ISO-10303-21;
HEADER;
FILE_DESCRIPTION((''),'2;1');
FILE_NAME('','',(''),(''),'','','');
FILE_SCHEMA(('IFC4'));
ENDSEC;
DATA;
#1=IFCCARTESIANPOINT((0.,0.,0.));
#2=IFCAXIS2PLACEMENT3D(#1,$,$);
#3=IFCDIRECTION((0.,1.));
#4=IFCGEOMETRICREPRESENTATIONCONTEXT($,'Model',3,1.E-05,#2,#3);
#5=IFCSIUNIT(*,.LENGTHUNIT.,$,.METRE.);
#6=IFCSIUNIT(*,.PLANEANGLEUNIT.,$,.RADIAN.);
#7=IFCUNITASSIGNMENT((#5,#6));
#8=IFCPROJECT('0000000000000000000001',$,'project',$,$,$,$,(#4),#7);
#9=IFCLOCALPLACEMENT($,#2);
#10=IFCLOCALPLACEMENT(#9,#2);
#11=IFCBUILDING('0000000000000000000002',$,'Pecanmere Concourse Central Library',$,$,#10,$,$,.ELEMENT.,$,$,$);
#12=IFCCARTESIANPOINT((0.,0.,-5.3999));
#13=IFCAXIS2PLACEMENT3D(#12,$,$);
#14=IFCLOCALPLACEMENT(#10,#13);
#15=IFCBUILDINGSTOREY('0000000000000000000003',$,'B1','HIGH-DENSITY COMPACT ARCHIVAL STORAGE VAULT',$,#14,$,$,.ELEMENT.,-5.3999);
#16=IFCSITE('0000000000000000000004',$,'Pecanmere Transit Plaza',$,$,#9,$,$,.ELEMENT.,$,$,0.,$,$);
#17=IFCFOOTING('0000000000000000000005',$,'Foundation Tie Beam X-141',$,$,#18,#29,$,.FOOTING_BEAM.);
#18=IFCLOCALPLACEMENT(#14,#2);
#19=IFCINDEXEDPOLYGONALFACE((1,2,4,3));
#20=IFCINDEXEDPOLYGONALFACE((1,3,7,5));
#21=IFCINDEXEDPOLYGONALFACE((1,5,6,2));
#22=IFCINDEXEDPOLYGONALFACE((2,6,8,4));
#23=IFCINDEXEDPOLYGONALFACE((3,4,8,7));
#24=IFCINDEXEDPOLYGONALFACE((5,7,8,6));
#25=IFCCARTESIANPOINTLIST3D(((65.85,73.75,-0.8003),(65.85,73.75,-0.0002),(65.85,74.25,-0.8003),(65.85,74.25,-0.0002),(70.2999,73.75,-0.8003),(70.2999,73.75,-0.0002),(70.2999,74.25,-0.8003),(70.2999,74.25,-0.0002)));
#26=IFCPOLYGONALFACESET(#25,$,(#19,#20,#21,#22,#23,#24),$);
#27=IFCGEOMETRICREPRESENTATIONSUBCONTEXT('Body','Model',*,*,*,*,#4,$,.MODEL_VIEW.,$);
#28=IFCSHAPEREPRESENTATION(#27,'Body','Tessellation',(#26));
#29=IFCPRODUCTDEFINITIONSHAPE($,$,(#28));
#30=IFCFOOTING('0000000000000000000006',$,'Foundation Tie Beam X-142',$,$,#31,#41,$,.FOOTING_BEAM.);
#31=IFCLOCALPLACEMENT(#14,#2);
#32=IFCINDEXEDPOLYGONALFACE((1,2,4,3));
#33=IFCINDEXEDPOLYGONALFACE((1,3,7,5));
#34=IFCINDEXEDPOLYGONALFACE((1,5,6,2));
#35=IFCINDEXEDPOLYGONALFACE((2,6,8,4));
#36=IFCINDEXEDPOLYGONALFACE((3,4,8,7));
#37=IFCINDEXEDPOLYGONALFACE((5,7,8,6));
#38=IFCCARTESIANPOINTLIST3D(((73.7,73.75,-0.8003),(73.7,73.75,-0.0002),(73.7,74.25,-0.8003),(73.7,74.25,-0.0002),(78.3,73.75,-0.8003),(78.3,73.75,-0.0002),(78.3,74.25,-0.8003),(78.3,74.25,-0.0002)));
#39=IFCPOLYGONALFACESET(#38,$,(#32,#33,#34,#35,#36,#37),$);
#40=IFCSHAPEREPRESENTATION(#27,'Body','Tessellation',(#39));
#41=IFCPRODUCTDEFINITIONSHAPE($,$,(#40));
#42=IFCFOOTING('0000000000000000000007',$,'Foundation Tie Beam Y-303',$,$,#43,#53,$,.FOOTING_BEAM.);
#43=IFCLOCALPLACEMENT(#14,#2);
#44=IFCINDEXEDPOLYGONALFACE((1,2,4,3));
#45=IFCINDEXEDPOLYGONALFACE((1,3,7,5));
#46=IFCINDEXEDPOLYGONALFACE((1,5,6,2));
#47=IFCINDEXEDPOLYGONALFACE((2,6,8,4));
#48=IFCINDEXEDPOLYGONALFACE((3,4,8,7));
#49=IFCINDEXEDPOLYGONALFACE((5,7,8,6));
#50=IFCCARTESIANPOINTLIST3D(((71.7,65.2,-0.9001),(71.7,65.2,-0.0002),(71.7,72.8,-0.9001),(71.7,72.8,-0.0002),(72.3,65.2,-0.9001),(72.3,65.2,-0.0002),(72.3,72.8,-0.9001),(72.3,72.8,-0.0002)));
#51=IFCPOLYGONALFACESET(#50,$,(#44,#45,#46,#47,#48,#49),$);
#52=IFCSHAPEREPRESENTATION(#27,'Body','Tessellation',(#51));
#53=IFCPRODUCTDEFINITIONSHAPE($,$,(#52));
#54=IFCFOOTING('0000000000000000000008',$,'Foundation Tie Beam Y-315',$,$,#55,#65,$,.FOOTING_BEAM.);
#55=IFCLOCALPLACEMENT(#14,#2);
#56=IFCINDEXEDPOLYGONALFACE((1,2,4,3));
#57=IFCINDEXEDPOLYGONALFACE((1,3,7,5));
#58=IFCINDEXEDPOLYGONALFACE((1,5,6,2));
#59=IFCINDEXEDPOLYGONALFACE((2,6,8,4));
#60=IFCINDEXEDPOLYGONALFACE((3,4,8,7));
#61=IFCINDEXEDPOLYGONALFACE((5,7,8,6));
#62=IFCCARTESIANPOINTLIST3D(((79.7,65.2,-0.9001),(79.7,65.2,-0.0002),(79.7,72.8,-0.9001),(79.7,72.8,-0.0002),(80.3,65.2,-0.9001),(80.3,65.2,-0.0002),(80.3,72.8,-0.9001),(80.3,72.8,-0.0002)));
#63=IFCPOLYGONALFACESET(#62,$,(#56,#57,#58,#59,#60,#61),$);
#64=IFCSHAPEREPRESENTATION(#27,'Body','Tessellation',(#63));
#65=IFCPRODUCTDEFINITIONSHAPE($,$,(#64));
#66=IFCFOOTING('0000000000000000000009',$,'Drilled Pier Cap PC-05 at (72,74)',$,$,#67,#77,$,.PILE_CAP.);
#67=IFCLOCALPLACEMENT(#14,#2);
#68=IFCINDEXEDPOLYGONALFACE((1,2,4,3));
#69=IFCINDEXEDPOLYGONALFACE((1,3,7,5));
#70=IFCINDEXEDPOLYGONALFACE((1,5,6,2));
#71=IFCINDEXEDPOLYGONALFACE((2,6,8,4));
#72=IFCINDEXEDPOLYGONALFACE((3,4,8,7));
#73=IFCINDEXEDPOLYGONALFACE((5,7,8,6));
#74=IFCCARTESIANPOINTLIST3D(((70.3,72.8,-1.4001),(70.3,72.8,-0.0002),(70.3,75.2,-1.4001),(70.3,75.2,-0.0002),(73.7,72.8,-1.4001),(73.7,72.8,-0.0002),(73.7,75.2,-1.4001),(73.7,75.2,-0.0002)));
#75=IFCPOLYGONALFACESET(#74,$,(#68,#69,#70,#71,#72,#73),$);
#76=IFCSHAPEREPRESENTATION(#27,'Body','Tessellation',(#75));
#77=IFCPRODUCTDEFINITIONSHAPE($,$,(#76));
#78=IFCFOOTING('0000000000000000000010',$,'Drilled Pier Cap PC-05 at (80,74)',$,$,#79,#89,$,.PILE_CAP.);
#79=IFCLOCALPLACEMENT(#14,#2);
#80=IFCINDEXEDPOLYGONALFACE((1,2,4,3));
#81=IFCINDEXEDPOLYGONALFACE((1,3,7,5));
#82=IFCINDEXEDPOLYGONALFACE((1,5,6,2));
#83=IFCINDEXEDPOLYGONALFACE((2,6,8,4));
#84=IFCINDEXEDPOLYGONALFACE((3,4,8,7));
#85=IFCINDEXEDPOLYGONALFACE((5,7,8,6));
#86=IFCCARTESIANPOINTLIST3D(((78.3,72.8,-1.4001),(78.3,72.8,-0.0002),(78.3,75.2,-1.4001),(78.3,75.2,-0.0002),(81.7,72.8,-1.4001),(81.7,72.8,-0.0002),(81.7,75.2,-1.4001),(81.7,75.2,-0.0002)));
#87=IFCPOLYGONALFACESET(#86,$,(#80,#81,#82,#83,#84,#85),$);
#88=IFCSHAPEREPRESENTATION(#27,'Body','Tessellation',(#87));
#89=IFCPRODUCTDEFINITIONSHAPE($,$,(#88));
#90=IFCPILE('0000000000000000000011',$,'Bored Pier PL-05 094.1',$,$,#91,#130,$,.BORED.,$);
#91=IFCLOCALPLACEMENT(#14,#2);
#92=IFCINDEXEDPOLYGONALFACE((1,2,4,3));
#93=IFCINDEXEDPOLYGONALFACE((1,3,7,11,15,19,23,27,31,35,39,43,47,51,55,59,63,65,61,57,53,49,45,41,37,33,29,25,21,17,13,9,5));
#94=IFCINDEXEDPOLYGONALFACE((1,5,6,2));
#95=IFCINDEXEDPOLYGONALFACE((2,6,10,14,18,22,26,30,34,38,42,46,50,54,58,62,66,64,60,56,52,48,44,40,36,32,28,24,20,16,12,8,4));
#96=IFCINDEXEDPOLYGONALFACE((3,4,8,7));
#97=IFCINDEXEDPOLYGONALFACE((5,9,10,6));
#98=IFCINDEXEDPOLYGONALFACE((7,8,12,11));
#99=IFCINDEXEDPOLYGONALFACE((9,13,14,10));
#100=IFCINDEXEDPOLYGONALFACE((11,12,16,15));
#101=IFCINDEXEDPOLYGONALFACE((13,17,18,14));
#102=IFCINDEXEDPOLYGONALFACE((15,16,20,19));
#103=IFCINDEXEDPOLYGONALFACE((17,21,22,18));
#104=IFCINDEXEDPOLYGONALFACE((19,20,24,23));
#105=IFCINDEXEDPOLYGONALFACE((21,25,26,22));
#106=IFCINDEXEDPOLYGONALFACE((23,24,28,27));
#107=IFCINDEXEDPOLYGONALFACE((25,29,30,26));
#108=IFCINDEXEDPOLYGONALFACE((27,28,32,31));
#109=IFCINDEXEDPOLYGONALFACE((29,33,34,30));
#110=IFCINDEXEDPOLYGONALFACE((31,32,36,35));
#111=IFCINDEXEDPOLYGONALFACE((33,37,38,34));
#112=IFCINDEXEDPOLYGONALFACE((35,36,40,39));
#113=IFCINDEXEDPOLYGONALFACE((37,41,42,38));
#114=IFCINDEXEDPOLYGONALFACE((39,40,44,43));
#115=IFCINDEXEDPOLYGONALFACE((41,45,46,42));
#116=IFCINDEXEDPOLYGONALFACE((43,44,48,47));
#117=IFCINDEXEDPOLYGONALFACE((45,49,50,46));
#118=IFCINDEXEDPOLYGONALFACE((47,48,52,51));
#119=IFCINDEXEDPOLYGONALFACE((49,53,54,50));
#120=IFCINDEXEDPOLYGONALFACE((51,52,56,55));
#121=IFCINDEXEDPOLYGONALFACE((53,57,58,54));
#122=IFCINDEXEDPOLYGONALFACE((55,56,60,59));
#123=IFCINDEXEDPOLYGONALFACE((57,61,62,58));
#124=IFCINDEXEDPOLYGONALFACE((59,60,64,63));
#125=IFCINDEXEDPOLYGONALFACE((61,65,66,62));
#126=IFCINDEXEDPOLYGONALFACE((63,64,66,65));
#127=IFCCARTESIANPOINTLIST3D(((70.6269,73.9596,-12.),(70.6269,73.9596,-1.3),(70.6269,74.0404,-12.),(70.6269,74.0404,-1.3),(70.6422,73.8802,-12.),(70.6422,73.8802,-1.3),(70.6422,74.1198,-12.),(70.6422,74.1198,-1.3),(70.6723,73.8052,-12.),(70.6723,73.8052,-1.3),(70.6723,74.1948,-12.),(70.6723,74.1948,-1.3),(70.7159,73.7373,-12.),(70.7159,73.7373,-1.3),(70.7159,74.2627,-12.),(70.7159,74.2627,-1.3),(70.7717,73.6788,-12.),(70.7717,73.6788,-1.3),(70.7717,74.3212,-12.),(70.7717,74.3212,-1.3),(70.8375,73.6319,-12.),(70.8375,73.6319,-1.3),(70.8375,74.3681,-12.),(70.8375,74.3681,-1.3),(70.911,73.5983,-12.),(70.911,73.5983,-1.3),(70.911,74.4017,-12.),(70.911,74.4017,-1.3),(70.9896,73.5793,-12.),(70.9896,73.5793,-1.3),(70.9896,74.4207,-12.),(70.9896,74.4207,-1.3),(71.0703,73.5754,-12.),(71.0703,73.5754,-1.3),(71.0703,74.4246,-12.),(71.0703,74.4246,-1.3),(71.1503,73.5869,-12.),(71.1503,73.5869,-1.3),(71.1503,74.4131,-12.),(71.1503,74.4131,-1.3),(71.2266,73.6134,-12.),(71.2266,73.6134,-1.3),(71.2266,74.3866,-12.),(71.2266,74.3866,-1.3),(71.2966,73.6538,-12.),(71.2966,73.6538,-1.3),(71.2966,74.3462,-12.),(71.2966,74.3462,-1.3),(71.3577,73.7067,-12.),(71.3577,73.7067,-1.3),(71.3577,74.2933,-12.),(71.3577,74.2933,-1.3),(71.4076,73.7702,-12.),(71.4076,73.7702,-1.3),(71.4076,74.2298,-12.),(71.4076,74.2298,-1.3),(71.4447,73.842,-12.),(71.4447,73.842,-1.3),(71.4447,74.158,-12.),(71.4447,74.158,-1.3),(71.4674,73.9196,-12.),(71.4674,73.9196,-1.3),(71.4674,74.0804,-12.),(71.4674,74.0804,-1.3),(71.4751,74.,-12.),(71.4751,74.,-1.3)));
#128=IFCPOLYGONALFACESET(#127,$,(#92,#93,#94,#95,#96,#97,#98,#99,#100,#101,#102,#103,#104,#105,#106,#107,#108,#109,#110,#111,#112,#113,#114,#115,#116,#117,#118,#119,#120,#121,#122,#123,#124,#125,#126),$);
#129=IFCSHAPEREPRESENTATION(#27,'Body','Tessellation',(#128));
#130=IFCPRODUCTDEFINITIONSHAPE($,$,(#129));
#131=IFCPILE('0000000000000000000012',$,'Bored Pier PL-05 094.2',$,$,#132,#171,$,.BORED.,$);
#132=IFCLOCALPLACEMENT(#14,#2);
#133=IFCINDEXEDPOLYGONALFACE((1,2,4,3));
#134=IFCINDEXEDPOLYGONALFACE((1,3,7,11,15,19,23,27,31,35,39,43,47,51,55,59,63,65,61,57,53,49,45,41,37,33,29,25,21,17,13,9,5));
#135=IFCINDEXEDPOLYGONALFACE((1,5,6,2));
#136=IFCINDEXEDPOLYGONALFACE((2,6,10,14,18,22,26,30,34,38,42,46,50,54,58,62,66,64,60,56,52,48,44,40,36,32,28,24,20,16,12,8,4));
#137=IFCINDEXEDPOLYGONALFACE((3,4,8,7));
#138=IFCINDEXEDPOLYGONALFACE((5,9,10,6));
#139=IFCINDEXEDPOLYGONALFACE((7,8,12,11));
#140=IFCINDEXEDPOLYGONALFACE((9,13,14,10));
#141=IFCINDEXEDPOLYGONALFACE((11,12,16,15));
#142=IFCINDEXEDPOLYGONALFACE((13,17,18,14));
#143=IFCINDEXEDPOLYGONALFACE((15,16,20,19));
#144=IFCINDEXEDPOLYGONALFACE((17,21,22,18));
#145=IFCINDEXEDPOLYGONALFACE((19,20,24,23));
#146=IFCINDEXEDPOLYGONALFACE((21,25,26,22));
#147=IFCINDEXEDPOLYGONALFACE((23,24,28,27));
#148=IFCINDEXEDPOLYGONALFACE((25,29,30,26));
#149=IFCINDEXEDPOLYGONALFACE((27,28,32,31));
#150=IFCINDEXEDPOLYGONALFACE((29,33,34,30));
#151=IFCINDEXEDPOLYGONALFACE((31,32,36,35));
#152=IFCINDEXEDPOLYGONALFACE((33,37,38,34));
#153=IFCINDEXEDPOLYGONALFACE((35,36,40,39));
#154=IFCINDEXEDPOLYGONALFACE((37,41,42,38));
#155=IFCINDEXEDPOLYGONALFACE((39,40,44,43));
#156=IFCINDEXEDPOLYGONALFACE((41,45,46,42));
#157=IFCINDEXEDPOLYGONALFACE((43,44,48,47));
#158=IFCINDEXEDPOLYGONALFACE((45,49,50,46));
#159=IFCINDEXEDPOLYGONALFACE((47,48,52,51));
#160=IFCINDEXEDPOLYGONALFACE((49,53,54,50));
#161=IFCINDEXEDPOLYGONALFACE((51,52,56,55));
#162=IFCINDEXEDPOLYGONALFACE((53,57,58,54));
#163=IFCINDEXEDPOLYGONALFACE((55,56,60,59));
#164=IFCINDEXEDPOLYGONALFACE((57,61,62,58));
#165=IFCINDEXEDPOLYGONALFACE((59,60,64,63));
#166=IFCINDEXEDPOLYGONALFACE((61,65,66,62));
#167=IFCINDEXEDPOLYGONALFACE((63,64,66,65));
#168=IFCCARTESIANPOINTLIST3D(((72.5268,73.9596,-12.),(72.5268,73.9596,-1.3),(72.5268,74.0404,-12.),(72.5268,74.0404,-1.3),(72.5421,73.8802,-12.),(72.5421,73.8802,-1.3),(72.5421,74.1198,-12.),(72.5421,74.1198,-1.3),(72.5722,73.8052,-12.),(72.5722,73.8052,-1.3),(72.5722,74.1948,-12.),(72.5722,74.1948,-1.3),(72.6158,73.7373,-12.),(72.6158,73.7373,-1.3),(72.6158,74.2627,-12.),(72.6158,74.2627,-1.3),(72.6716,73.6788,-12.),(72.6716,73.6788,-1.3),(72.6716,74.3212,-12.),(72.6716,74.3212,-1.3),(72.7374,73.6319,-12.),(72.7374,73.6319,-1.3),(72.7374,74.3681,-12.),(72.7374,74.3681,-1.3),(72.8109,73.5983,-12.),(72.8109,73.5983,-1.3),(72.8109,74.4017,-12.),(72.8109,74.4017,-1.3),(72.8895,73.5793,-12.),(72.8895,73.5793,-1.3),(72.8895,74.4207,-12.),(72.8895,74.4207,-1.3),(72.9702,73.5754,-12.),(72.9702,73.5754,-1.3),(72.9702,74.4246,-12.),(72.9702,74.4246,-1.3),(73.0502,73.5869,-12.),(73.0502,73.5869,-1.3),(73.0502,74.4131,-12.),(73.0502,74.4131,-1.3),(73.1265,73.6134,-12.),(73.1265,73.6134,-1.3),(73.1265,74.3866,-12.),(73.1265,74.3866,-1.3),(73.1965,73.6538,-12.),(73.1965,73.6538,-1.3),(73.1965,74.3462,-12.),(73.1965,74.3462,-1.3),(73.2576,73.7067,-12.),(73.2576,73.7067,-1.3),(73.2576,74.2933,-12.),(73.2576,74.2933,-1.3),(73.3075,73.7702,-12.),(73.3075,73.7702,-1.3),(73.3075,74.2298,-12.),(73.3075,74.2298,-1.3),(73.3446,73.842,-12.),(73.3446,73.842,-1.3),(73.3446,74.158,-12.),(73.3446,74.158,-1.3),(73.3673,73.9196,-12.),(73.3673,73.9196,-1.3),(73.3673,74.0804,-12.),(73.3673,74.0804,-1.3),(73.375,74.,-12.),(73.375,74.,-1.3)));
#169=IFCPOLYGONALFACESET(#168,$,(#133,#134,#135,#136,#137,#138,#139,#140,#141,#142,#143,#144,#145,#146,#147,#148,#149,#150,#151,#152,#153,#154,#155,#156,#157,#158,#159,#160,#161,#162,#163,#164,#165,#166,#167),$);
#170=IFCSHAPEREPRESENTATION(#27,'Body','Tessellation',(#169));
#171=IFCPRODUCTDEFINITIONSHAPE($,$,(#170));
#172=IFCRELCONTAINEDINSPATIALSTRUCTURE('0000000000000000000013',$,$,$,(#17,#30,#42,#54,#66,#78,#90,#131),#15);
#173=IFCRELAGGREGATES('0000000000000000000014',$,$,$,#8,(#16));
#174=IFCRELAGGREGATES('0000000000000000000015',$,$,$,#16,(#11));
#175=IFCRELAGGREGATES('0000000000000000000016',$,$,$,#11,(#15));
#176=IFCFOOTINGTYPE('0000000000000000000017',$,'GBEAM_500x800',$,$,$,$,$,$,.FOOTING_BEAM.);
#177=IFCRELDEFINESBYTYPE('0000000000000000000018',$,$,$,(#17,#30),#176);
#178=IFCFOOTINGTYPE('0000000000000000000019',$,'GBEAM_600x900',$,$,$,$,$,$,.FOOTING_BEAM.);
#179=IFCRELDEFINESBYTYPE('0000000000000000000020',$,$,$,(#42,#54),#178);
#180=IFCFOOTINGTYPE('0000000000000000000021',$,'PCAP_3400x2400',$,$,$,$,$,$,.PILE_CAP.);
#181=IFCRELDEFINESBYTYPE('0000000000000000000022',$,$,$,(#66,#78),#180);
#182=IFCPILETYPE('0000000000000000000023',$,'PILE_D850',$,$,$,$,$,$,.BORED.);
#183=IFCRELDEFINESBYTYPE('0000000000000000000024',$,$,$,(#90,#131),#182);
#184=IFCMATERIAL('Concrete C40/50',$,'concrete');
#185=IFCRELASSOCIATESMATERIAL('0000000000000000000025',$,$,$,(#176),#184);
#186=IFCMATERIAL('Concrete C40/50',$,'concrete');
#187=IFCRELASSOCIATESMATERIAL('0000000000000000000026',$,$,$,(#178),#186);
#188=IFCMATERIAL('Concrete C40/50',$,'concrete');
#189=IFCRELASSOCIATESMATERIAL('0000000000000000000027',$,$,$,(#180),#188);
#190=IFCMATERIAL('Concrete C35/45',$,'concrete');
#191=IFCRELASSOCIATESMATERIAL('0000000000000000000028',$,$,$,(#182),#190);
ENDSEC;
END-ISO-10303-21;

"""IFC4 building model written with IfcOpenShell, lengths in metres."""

from ifc_helpers import new_model, si_unit, direction, frame, origin, origin_2d, place, context, subcontext, project, spatial, rectangle, circle, extrude, material, material_profile, profile_set, type_object, element, save


model = new_model("IFC4")

# Units and contexts
model_context = context("Model", 3, precision=1e-05, world=origin(), true_north=direction((0.0, 1.0)))
body_context = subcontext(model_context, "Body", "Model", "MODEL_VIEW")
ifc_project = project(units=[si_unit("LENGTHUNIT", "METRE"), si_unit("PLANEANGLEUNIT", "RADIAN")], contexts=[model_context])

# Site, building, storey
site_placement = place(None, origin())
site = spatial("IfcSite", under=ifc_project, at=site_placement, Name="Pecanmere Transit Plaza", CompositionType="ELEMENT", RefElevation=0.0)
building_placement = place(site_placement, origin())
building = spatial("IfcBuilding", under=site, at=building_placement, Name="Pecanmere Concourse Central Library", CompositionType="ELEMENT")
storey_placement = place(building_placement, frame((0.0, 0.0, -5.3999)))
storey = spatial("IfcBuildingStorey", under=building, at=storey_placement, Name="B1", Description="HIGH-DENSITY COMPACT ARCHIVAL STORAGE VAULT", CompositionType="ELEMENT", Elevation=-5.3999)

# Footings
ifc_material_1 = material(Name="Concrete C40/50", Category="concrete")
ifc_material_profile_1 = material_profile(ifc_material_1, rectangle(XDim=0.5, YDim=0.8, at=origin_2d()), Name="RC 500x800")
ifc_profile_set_1 = profile_set([ifc_material_profile_1], Name="Concrete C40/50")
footing_type_1 = type_object("IfcFootingType", Name="GBEAM_500x800", PredefinedType="FOOTING_BEAM", material=ifc_profile_set_1)
footing_1_placement = place(storey_placement, frame((68.075, 74.0, -0.8003), z_axis=(0.0, 0.0, 1.0), x_axis=(1.0, 0.0, 0.0)))
element("IfcFooting", 1, at=footing_1_placement, inside=storey, type_object=footing_type_1, Name="Foundation Tie Beam X-141", PredefinedType="FOOTING_BEAM", context=body_context, shape_type="SweptSolid", body=[
    extrude(rectangle(XDim=4.45, YDim=0.5, at=origin_2d()), origin(), (0.0, 0.0, 1.0), 0.8),
])
footing_2_placement = place(storey_placement, frame((76.0, 74.0, -0.8003), z_axis=(0.0, 0.0, 1.0), x_axis=(1.0, 0.0, 0.0)))
element("IfcFooting", 2, at=footing_2_placement, inside=storey, type_object=footing_type_1, Name="Foundation Tie Beam X-142", PredefinedType="FOOTING_BEAM", context=body_context, shape_type="SweptSolid", body=[
    extrude(rectangle(XDim=4.6001, YDim=0.5, at=origin_2d()), origin(), (0.0, 0.0, 1.0), 0.8),
])
ifc_material_2 = material(Name="Concrete C40/50", Category="concrete")
ifc_material_profile_2 = material_profile(ifc_material_2, rectangle(XDim=0.6001, YDim=0.8999, at=origin_2d()), Name="RC 600x900")
ifc_profile_set_2 = profile_set([ifc_material_profile_2], Name="Concrete C40/50")
footing_type_2 = type_object("IfcFootingType", Name="GBEAM_600x900", PredefinedType="FOOTING_BEAM", material=ifc_profile_set_2)
for number, where, z_axis, x_axis, name in (
    (3, (72.0, 69.0, -0.9001), (0.0, 0.0, 1.0), (0.0, 1.0, 0.0), "Foundation Tie Beam Y-303"),
    (4, (80.0, 69.0, -0.9001), (0.0, 0.0, 1.0), (0.0, 1.0, 0.0), "Foundation Tie Beam Y-315"),
):
    element("IfcFooting", number, at=place(storey_placement, frame(where, z_axis=z_axis, x_axis=x_axis)), inside=storey, type_object=footing_type_2, Name=name, PredefinedType="FOOTING_BEAM", context=body_context, shape_type="SweptSolid", body=[
        extrude(rectangle(XDim=7.6001, YDim=0.6001, at=origin_2d()), origin(), (0.0, 0.0, 1.0), 0.8999),
    ])
ifc_material_3 = material(Name="Concrete C40/50", Category="concrete")
footing_type_3 = type_object("IfcFootingType", Name="PCAP_3400x2400", PredefinedType="PILE_CAP", material=ifc_material_3)
for number, where, z_axis, x_axis, name in (
    (5, (72.0, 74.0, -1.4001), (0.0, 0.0, 1.0), (1.0, 0.0, 0.0), "Drilled Pier Cap PC-05 at (72,74)"),
    (6, (80.0, 74.0, -1.4001), (0.0, 0.0, 1.0), (1.0, 0.0, 0.0), "Drilled Pier Cap PC-05 at (80,74)"),
):
    element("IfcFooting", number, at=place(storey_placement, frame(where, z_axis=z_axis, x_axis=x_axis)), inside=storey, type_object=footing_type_3, Name=name, PredefinedType="PILE_CAP", context=body_context, shape_type="SweptSolid", body=[
        extrude(rectangle(XDim=3.3999, YDim=2.3999, at=origin_2d()), origin(), (0.0, 0.0, 1.0), 1.3999),
    ])

# Piles
ifc_material_4 = material(Name="Concrete C35/45", Category="concrete")
ifc_material_profile_3 = material_profile(ifc_material_4, circle(Radius=0.425, at=origin_2d()), Name="PIER D850")
ifc_profile_set_3 = profile_set([ifc_material_profile_3], Name="Concrete C35/45")
pile_type_1 = type_object("IfcPileType", Name="PILE_D850", PredefinedType="BORED", material=ifc_profile_set_3)
for number, where, z_axis, x_axis, name in (
    (7, (71.05, 74.0, -1.3), (0.0, 0.0, -1.0), (1.0, 0.0, 0.0), "Bored Pier PL-05 094.1"),
    (8, (72.95, 74.0, -1.3), (0.0, 0.0, -1.0), (1.0, 0.0, 0.0), "Bored Pier PL-05 094.2"),
):
    element("IfcPile", number, at=place(storey_placement, frame(where, z_axis=z_axis, x_axis=x_axis)), inside=storey, type_object=pile_type_1, Name=name, PredefinedType="BORED", context=body_context, shape_type="SweptSolid", body=[
        extrude(circle(Radius=0.425, at=origin_2d()), origin(), (0.0, 0.0, 1.0), 10.7),
    ])

save(model, "model.ifc")
